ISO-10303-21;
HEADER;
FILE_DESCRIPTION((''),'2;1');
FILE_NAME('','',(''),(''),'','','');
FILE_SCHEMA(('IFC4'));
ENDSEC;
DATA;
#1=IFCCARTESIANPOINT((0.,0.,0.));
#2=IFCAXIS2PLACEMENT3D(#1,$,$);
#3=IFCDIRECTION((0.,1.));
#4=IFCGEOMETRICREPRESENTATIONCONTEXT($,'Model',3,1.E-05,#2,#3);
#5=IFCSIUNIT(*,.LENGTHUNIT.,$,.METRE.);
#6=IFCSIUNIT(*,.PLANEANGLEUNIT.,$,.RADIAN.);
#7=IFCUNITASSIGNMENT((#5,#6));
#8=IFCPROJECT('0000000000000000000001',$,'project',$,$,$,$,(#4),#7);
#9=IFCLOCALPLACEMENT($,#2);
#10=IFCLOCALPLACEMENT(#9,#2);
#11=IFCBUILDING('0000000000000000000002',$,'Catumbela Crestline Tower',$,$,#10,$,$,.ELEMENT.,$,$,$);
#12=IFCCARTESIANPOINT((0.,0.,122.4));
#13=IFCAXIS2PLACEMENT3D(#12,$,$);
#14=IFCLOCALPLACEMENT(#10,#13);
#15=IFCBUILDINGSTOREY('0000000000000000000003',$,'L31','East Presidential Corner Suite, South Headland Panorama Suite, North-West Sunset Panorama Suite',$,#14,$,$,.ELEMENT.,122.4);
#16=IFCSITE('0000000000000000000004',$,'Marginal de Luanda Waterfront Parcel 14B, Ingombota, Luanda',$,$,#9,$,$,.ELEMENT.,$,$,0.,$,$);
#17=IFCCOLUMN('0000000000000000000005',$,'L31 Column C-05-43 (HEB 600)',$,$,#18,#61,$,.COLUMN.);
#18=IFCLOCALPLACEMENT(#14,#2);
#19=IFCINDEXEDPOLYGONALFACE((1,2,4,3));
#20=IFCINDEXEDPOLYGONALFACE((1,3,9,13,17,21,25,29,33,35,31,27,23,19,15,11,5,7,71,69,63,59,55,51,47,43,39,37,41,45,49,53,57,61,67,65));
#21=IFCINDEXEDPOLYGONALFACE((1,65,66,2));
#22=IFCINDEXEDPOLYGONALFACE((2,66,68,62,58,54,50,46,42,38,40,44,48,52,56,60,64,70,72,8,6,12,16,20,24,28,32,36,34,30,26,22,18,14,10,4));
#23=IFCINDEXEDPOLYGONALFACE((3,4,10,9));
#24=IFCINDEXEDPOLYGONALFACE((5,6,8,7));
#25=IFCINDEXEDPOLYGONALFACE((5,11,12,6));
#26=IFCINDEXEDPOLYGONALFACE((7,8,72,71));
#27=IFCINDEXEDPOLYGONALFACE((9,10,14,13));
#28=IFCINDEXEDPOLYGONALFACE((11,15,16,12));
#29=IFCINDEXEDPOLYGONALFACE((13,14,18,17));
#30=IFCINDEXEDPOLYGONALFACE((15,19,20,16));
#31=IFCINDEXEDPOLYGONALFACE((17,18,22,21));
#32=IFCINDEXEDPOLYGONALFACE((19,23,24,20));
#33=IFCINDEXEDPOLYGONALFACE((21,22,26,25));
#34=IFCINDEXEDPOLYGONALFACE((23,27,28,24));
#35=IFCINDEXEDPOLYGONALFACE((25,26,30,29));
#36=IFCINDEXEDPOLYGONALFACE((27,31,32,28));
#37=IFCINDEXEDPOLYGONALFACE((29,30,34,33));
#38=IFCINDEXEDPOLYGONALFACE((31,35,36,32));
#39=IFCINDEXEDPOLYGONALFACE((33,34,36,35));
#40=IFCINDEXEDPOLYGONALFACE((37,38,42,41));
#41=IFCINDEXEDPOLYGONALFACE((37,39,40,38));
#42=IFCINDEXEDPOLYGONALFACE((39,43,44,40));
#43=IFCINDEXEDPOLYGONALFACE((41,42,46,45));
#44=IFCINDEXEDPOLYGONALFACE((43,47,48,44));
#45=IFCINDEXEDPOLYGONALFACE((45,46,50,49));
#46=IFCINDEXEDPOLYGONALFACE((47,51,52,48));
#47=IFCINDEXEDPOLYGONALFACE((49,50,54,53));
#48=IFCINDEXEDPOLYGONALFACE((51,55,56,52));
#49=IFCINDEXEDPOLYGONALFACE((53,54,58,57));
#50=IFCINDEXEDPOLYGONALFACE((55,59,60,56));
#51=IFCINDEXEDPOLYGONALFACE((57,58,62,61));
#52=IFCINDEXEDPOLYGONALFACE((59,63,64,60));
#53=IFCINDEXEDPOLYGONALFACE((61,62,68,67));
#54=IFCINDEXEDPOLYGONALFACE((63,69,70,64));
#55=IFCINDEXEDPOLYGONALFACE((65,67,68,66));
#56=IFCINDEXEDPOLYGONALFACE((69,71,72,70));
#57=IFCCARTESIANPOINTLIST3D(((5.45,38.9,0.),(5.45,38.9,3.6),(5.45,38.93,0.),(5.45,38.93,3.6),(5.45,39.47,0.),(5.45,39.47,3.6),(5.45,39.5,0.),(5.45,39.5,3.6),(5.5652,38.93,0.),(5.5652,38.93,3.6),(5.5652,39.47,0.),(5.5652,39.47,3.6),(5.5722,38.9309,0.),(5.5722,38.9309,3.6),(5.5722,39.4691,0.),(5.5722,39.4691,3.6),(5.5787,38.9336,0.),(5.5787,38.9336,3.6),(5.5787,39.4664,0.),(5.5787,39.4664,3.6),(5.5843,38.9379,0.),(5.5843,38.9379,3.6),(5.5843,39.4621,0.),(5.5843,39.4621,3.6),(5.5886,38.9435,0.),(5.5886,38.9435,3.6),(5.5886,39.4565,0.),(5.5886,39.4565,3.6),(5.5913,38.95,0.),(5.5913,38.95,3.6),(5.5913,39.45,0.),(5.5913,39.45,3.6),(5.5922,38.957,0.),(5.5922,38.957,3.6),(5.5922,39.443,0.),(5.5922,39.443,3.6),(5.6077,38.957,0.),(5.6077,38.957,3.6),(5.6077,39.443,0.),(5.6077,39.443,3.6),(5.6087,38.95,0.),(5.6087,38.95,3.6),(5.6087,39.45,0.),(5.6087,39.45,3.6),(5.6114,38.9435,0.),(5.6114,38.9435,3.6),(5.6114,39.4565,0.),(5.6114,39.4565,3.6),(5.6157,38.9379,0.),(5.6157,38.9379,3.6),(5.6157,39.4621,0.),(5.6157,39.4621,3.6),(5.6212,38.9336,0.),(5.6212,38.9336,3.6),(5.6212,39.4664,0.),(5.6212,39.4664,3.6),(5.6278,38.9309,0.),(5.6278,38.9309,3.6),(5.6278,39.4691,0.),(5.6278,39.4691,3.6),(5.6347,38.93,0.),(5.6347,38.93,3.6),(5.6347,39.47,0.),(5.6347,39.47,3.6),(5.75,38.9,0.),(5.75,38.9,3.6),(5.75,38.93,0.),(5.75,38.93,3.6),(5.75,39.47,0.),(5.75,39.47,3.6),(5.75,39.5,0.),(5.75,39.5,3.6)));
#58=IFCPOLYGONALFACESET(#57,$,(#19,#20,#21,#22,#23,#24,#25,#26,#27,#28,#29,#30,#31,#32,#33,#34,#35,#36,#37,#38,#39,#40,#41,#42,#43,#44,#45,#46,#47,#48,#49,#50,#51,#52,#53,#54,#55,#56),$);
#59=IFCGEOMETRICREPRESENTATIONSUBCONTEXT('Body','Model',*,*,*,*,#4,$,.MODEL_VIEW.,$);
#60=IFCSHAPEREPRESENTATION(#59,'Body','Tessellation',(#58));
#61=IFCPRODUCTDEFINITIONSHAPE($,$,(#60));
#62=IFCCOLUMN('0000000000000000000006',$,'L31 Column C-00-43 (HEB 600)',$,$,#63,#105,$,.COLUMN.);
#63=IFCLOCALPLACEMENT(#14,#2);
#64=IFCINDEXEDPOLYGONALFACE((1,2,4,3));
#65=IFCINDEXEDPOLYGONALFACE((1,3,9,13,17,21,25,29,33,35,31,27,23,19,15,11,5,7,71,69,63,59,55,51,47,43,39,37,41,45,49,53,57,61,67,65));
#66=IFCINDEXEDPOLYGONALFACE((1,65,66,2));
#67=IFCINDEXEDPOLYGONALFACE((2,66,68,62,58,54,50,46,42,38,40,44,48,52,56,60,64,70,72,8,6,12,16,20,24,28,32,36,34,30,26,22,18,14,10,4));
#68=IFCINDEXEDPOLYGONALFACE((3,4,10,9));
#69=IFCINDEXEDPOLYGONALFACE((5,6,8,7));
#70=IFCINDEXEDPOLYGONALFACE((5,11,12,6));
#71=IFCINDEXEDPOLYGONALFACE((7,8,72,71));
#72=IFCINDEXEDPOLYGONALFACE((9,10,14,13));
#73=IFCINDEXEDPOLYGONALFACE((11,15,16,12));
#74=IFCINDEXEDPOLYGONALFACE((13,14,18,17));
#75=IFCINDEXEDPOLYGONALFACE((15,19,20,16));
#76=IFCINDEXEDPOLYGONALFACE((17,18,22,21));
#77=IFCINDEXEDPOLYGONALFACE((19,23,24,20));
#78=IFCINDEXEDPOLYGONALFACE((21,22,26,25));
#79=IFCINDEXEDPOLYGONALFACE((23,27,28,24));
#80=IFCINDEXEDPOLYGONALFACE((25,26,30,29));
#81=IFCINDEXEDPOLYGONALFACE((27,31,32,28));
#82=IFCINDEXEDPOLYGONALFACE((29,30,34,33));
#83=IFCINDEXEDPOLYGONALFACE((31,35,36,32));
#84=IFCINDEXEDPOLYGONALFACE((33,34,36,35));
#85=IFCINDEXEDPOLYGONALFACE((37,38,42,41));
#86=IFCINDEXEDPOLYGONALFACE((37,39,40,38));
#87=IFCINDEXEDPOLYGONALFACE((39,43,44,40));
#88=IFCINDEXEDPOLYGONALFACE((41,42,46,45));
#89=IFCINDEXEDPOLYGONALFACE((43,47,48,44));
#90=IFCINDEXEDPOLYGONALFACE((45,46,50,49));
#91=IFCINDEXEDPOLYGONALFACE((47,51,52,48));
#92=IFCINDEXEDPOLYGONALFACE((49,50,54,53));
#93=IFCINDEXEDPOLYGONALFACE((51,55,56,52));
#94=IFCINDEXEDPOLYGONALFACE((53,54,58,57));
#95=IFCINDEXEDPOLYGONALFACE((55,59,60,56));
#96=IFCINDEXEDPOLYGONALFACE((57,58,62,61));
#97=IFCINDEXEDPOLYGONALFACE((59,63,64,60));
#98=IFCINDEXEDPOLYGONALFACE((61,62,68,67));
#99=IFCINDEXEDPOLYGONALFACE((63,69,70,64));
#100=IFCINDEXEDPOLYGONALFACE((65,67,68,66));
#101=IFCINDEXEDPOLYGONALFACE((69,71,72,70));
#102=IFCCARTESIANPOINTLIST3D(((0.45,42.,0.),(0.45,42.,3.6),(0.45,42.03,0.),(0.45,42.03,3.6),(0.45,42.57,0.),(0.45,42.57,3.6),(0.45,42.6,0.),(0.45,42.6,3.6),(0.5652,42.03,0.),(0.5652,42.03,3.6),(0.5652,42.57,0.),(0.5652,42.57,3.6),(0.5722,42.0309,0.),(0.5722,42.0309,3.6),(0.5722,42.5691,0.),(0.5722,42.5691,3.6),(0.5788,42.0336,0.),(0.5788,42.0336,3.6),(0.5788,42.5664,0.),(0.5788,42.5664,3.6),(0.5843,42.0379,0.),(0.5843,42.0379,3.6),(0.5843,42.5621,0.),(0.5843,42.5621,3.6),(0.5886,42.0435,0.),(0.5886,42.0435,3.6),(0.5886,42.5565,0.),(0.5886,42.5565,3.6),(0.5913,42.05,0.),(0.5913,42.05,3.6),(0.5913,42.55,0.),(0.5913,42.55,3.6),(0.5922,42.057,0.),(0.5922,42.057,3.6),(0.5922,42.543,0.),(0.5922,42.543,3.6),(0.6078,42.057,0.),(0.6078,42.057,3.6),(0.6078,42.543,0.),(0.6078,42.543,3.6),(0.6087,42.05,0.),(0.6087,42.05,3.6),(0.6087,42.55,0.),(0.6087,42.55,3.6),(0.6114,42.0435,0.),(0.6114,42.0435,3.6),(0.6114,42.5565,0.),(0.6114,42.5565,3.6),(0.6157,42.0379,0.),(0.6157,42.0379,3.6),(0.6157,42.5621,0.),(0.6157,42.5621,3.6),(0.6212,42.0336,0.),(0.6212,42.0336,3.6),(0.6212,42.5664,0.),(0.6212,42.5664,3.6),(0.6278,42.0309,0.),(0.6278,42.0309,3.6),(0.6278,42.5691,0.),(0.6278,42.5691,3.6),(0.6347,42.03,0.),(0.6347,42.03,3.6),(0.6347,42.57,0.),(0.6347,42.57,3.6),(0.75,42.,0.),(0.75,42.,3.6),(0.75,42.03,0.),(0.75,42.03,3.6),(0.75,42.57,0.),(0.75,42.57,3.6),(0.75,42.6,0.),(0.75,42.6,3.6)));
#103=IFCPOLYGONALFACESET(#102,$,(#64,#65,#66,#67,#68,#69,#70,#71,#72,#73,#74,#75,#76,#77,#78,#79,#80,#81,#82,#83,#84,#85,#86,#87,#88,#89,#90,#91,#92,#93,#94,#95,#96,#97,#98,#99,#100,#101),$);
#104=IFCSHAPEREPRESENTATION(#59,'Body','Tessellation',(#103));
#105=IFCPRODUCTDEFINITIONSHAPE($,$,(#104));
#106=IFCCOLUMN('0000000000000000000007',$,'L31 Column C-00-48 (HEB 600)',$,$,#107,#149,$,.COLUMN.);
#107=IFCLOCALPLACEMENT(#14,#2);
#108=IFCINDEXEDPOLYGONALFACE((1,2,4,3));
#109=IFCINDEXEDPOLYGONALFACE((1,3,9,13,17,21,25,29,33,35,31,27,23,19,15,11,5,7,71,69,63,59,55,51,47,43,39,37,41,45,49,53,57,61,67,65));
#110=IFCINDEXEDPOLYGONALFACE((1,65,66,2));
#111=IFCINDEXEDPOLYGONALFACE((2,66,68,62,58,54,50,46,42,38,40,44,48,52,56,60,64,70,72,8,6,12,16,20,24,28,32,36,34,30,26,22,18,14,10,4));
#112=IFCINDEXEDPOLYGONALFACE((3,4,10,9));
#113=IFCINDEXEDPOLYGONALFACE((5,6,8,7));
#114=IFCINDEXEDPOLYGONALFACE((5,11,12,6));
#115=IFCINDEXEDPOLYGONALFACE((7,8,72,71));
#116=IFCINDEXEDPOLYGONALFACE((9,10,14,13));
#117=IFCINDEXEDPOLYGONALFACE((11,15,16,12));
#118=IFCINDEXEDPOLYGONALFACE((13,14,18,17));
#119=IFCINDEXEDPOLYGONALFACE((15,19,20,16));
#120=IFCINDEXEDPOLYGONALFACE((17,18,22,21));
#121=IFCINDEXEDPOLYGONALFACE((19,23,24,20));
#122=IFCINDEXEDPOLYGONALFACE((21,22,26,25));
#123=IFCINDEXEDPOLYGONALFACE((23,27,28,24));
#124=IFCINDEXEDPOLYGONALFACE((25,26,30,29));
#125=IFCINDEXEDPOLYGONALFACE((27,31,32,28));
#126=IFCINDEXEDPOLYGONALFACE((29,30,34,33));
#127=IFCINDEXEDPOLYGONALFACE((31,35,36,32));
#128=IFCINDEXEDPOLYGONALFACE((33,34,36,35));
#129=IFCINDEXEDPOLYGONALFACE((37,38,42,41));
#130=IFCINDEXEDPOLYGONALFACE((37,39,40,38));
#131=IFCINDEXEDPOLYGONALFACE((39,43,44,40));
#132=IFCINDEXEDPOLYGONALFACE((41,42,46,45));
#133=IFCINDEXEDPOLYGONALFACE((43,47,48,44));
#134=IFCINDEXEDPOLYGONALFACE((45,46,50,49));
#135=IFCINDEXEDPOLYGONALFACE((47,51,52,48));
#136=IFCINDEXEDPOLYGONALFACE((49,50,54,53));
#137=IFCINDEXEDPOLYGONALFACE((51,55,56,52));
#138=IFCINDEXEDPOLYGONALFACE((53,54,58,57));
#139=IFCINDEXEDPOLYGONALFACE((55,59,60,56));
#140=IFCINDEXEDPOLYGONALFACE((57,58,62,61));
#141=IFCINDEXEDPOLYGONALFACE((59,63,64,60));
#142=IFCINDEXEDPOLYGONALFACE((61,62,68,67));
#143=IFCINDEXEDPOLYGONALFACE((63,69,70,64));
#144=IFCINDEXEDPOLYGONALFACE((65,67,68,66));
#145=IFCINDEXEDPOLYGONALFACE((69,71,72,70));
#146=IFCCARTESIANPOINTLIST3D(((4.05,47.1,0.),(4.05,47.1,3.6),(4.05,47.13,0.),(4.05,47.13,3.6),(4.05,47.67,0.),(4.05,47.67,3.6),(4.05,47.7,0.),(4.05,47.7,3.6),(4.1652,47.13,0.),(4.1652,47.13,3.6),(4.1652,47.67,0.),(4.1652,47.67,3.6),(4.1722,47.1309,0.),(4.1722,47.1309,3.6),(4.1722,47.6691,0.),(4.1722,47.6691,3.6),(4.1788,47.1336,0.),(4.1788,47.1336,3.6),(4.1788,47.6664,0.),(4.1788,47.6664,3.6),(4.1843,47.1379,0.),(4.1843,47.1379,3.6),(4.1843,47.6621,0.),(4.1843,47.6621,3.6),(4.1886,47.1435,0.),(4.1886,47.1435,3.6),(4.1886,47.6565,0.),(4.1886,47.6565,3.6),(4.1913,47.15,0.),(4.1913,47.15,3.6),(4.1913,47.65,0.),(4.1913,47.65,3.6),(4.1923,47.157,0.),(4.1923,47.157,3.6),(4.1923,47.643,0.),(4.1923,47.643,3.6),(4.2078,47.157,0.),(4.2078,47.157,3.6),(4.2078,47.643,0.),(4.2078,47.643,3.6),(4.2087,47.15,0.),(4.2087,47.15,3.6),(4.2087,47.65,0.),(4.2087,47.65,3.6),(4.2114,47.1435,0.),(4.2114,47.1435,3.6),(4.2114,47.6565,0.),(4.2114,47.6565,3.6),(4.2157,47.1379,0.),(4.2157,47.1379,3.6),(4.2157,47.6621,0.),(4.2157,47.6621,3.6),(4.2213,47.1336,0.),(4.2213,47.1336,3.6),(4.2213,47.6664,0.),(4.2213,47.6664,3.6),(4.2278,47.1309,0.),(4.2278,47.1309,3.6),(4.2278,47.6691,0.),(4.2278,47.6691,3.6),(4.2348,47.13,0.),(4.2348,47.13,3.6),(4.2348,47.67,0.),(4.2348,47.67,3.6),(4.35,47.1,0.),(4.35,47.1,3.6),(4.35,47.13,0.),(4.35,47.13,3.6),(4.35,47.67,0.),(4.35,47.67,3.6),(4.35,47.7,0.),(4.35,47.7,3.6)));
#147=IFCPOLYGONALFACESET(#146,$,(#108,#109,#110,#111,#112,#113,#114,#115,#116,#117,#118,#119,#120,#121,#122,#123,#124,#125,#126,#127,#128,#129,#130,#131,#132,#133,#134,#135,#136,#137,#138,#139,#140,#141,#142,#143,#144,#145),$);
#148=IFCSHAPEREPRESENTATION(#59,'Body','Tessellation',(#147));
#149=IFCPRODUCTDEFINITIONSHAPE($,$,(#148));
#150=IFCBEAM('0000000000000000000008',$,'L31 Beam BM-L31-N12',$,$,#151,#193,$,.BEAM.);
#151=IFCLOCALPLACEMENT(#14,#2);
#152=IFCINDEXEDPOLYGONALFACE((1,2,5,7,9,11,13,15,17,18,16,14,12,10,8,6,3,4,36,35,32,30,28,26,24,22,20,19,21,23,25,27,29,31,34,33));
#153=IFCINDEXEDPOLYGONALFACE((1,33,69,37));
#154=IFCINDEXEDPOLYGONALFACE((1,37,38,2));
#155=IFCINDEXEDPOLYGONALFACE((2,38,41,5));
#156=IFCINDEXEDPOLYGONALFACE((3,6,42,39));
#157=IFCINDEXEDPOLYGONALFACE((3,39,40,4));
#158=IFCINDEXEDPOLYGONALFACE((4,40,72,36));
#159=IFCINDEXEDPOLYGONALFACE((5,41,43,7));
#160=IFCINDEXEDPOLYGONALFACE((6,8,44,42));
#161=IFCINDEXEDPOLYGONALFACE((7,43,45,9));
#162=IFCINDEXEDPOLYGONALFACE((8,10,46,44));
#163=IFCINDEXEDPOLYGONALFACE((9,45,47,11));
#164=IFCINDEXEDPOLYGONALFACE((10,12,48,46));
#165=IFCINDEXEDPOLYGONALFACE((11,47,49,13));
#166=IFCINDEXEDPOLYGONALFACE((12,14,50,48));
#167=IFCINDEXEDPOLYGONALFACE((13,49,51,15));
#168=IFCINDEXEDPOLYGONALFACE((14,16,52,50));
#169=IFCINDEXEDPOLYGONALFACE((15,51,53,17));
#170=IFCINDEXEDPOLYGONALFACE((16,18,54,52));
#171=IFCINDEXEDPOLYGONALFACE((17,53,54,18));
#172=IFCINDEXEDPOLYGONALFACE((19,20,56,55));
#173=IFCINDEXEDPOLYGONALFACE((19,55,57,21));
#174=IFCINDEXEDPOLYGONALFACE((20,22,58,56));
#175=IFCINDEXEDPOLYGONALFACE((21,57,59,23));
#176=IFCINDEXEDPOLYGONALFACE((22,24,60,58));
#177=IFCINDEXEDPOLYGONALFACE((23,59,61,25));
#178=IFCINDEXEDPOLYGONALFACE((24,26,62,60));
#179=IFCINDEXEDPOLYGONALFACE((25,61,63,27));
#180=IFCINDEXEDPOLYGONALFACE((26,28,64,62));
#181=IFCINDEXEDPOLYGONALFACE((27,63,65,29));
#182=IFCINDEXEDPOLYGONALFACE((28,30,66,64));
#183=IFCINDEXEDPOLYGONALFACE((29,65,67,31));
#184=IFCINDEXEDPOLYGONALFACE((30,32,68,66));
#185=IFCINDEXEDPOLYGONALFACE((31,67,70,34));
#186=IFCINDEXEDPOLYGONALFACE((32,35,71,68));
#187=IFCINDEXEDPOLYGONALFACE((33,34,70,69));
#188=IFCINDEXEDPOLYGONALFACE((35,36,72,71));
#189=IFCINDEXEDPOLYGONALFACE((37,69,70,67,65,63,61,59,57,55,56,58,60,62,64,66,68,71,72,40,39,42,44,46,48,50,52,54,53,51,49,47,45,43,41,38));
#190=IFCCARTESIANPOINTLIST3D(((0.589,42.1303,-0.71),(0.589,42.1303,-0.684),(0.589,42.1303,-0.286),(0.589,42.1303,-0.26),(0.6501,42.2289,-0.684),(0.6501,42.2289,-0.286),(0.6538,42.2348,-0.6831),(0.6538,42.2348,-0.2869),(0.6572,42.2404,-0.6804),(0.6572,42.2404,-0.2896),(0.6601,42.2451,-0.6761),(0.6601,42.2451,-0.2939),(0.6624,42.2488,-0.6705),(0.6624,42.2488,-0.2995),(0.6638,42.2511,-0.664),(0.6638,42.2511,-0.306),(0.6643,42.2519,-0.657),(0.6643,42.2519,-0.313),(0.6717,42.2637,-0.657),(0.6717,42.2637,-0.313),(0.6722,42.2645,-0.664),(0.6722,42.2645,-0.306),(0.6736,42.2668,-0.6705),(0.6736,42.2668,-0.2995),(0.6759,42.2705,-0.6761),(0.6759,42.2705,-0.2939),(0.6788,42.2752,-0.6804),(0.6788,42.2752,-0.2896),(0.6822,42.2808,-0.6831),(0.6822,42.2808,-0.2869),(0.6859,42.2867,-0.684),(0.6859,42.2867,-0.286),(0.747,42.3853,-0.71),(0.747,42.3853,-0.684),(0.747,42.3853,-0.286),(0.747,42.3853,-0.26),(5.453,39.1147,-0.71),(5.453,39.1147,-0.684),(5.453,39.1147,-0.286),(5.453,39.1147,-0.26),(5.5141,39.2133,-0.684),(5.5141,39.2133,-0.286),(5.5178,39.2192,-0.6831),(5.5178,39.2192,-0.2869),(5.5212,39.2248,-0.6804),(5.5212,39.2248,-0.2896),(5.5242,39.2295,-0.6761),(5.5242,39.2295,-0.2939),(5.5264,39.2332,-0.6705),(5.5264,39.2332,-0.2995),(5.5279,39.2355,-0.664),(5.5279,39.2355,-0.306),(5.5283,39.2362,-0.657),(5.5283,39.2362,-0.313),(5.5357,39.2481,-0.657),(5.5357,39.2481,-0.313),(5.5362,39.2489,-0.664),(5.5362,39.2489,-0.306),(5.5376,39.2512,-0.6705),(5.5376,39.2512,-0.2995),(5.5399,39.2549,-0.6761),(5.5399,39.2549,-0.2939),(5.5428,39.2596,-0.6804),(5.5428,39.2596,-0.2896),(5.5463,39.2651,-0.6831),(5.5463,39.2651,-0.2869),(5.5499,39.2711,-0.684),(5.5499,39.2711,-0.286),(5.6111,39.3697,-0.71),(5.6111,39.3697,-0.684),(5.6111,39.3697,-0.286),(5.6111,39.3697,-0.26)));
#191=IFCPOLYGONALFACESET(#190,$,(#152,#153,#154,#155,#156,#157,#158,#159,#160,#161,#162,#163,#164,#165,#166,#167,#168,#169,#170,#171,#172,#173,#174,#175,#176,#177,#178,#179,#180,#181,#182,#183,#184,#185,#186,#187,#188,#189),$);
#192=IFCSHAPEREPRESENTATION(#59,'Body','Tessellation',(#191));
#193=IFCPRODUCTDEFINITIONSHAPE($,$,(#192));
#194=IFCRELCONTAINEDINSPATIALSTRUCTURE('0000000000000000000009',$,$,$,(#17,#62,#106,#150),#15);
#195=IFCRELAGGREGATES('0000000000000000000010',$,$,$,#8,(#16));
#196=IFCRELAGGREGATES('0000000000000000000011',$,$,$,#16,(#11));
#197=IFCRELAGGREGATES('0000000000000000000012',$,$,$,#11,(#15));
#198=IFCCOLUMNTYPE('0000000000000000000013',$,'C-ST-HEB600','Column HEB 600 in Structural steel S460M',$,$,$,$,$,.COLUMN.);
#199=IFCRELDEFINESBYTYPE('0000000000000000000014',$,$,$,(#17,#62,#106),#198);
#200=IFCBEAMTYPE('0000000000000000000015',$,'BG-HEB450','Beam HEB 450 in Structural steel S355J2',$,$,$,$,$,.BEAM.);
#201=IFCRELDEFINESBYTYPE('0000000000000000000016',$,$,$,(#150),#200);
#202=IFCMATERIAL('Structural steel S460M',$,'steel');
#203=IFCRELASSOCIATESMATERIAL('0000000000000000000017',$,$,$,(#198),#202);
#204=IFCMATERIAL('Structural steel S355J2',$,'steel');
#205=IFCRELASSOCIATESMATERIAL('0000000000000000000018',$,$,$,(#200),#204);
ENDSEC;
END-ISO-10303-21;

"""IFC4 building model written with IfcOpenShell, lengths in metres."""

from ifc_helpers import new_model, si_unit, direction, frame, origin, origin_2d, place, context, subcontext, project, spatial, i_section, extrude, material, material_profile, profile_set, type_object, element, save


model = new_model("IFC4")

# Units and contexts
model_context = context("Model", 3, precision=1e-05, world=origin(), true_north=direction((0.0, 1.0)))
body_context = subcontext(model_context, "Body", "Model", "MODEL_VIEW")
ifc_project = project(units=[si_unit("LENGTHUNIT", "METRE"), si_unit("PLANEANGLEUNIT", "RADIAN")], contexts=[model_context])

# Site, building, storey
site_placement = place(None, origin())
site = spatial("IfcSite", under=ifc_project, at=site_placement, Name="Marginal de Luanda Waterfront Parcel 14B, Ingombota, Luanda", CompositionType="ELEMENT", RefElevation=0.0)
building_placement = place(site_placement, origin())
building = spatial("IfcBuilding", under=site, at=building_placement, Name="Catumbela Crestline Tower", CompositionType="ELEMENT")
storey_placement = place(building_placement, frame((0.0, 0.0, 122.4)))
storey = spatial("IfcBuildingStorey", under=building, at=storey_placement, Name="L31", Description="East Presidential Corner Suite, South Headland Panorama Suite, North-West Sunset Panorama Suite", CompositionType="ELEMENT", Elevation=122.4)

# Columns
ifc_material_1 = material(Name="Structural steel S460M", Category="steel")
ifc_material_profile_1 = material_profile(ifc_material_1, i_section(OverallWidth=0.3, OverallDepth=0.6, WebThickness=0.0155, FlangeThickness=0.03, FilletRadius=0.027, at=origin_2d()), Name="HEB 600")
ifc_profile_set_1 = profile_set([ifc_material_profile_1], Name="Structural steel S460M")
column_type = type_object("IfcColumnType", Name="C-ST-HEB600", Description="Column HEB 600 in Structural steel S460M", PredefinedType="COLUMN", material=ifc_profile_set_1)
for number, where, z_axis, x_axis, name in (
    (1, (5.6, 39.2, 0.0), (0.0, 0.0, 1.0), (1.0, 0.0, 0.0), "L31 Column C-05-43 (HEB 600)"),
    (2, (0.6, 42.3, 0.0), (0.0, 0.0, 1.0), (1.0, 0.0, 0.0), "L31 Column C-00-43 (HEB 600)"),
    (3, (4.2, 47.4, 0.0), (0.0, 0.0, 1.0), (1.0, 0.0, 0.0), "L31 Column C-00-48 (HEB 600)"),
):
    element("IfcColumn", number, at=place(storey_placement, frame(where, z_axis=z_axis, x_axis=x_axis)), inside=storey, type_object=column_type, Name=name, PredefinedType="COLUMN", context=body_context, shape_type="SweptSolid", body=[
        extrude(i_section(OverallWidth=0.3, OverallDepth=0.6, WebThickness=0.0155, FlangeThickness=0.03, FilletRadius=0.027, at=origin_2d()), origin(), (0.0, 0.0, 1.0), 3.6),
    ])

# Beam
ifc_material_2 = material(Name="Structural steel S355J2", Category="steel")
ifc_material_profile_2 = material_profile(ifc_material_2, i_section(OverallWidth=0.3, OverallDepth=0.45, WebThickness=0.014, FlangeThickness=0.026, FilletRadius=0.027, at=origin_2d()), Name="HEB 450")
ifc_profile_set_2 = profile_set([ifc_material_profile_2], Name="Structural steel S355J2")
beam_type_1 = type_object("IfcBeamType", Name="BG-HEB450", Description="Beam HEB 450 in Structural steel S355J2", PredefinedType="BEAM", material=ifc_profile_set_2)
beam_1_placement = place(storey_placement, frame((0.668, 42.2578, -0.485), z_axis=(0.849909, -0.52693, 0.0), x_axis=(0.52693, 0.849909, 0.0)))
element("IfcBeam", 4, at=beam_1_placement, inside=storey, type_object=beam_type_1, Name="L31 Beam BM-L31-N12", PredefinedType="BEAM", context=body_context, shape_type="SweptSolid", body=[
    extrude(i_section(OverallWidth=0.3, OverallDepth=0.45, WebThickness=0.014, FlangeThickness=0.026, FilletRadius=0.027, at=origin_2d()), origin(), (0.0, 0.0, 1.0), 5.723),
])

save(model, "model.ifc")
